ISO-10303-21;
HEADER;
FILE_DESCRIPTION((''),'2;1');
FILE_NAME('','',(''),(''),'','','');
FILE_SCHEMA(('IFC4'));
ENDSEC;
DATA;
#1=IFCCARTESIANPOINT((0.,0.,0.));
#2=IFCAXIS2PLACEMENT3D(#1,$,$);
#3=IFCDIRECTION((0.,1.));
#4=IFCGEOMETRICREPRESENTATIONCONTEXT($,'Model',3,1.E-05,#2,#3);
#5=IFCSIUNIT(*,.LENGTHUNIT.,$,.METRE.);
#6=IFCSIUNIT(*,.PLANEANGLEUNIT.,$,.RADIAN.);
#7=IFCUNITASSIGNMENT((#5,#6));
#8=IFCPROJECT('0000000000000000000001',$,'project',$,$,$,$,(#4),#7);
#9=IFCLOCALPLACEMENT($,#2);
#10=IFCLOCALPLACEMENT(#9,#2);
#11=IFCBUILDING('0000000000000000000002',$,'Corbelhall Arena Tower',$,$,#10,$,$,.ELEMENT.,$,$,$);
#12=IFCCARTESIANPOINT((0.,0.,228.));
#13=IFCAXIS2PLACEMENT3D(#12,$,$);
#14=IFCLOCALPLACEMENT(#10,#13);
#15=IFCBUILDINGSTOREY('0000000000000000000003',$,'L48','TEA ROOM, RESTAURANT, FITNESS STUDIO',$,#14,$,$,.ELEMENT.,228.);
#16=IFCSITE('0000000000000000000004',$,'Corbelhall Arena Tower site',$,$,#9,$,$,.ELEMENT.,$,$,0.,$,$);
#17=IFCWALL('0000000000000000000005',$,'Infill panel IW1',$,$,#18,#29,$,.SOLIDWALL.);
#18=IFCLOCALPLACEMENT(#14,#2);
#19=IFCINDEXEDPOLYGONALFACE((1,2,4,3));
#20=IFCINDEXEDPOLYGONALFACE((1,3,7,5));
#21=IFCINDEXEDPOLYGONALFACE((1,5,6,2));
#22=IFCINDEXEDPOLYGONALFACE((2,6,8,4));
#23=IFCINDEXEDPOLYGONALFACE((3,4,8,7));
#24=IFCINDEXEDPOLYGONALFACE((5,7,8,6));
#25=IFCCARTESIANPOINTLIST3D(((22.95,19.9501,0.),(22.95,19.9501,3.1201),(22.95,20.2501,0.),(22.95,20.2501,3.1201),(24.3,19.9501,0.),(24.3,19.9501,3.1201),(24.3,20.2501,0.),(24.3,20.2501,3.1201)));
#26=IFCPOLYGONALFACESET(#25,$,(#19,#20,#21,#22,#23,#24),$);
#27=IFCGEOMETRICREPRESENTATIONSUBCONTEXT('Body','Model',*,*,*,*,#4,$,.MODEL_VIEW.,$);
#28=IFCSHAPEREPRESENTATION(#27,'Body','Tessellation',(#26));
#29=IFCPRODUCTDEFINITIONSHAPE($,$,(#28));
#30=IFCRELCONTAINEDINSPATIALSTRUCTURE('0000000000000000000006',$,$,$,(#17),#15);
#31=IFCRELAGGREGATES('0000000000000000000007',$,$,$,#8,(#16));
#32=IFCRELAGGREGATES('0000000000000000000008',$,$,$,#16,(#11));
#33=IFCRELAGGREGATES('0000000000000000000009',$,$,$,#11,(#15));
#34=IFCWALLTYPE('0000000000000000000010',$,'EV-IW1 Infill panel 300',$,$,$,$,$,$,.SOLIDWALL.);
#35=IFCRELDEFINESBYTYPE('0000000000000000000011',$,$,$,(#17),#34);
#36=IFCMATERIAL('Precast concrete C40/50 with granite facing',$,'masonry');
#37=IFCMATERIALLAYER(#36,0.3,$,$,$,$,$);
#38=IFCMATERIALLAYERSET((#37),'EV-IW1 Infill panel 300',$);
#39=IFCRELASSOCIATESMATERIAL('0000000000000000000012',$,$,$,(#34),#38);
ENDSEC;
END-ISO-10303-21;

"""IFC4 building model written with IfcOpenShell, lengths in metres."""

from ifc_helpers import new_model, si_unit, direction, frame, frame_2d, origin, place, context, subcontext, project, spatial, rectangle, extrude, material, layer, layer_set, type_object, element, save


model = new_model("IFC4")

# Units and contexts
model_context = context("Model", 3, precision=1e-05, world=origin(), true_north=direction((0.0, 1.0)))
body_context = subcontext(model_context, "Body", "Model", "MODEL_VIEW")
ifc_project = project(units=[si_unit("LENGTHUNIT", "METRE"), si_unit("PLANEANGLEUNIT", "RADIAN")], contexts=[model_context])

# Site, building, storey
site_placement = place(None, origin())
site = spatial("IfcSite", under=ifc_project, at=site_placement, Name="Corbelhall Arena Tower site", CompositionType="ELEMENT", RefElevation=0.0)
building_placement = place(site_placement, origin())
building = spatial("IfcBuilding", under=site, at=building_placement, Name="Corbelhall Arena Tower", CompositionType="ELEMENT")
storey_placement = place(building_placement, frame((0.0, 0.0, 228.0)))
storey = spatial("IfcBuildingStorey", under=building, at=storey_placement, Name="L48", Description="TEA ROOM, RESTAURANT, FITNESS STUDIO", CompositionType="ELEMENT", Elevation=228.0)

# Wall
ifc_material_1 = material(Name="Precast concrete C40/50 with granite facing", Category="masonry")
ifc_layer = layer(ifc_material_1, 0.3)
ifc_layer_set = layer_set([ifc_layer], Name="EV-IW1 Infill panel 300")
wall_type = type_object("IfcWallType", Name="EV-IW1 Infill panel 300", PredefinedType="SOLIDWALL", material=ifc_layer_set)
wall_1_placement = place(storey_placement, frame((24.3, 20.1001, 0.0), z_axis=(0.0, 0.0, 1.0), x_axis=(-1.0, 0.0, 0.0)))
element("IfcWall", 1, at=wall_1_placement, inside=storey, type_object=wall_type, Name="Infill panel IW1", PredefinedType="SOLIDWALL", context=body_context, shape_type="SweptSolid", body=[
    extrude(rectangle(XDim=1.3501, YDim=0.3, at=frame_2d((0.675, 0.0))), origin(), (0.0, 0.0, 1.0), 3.1201),
])

save(model, "model.ifc")
